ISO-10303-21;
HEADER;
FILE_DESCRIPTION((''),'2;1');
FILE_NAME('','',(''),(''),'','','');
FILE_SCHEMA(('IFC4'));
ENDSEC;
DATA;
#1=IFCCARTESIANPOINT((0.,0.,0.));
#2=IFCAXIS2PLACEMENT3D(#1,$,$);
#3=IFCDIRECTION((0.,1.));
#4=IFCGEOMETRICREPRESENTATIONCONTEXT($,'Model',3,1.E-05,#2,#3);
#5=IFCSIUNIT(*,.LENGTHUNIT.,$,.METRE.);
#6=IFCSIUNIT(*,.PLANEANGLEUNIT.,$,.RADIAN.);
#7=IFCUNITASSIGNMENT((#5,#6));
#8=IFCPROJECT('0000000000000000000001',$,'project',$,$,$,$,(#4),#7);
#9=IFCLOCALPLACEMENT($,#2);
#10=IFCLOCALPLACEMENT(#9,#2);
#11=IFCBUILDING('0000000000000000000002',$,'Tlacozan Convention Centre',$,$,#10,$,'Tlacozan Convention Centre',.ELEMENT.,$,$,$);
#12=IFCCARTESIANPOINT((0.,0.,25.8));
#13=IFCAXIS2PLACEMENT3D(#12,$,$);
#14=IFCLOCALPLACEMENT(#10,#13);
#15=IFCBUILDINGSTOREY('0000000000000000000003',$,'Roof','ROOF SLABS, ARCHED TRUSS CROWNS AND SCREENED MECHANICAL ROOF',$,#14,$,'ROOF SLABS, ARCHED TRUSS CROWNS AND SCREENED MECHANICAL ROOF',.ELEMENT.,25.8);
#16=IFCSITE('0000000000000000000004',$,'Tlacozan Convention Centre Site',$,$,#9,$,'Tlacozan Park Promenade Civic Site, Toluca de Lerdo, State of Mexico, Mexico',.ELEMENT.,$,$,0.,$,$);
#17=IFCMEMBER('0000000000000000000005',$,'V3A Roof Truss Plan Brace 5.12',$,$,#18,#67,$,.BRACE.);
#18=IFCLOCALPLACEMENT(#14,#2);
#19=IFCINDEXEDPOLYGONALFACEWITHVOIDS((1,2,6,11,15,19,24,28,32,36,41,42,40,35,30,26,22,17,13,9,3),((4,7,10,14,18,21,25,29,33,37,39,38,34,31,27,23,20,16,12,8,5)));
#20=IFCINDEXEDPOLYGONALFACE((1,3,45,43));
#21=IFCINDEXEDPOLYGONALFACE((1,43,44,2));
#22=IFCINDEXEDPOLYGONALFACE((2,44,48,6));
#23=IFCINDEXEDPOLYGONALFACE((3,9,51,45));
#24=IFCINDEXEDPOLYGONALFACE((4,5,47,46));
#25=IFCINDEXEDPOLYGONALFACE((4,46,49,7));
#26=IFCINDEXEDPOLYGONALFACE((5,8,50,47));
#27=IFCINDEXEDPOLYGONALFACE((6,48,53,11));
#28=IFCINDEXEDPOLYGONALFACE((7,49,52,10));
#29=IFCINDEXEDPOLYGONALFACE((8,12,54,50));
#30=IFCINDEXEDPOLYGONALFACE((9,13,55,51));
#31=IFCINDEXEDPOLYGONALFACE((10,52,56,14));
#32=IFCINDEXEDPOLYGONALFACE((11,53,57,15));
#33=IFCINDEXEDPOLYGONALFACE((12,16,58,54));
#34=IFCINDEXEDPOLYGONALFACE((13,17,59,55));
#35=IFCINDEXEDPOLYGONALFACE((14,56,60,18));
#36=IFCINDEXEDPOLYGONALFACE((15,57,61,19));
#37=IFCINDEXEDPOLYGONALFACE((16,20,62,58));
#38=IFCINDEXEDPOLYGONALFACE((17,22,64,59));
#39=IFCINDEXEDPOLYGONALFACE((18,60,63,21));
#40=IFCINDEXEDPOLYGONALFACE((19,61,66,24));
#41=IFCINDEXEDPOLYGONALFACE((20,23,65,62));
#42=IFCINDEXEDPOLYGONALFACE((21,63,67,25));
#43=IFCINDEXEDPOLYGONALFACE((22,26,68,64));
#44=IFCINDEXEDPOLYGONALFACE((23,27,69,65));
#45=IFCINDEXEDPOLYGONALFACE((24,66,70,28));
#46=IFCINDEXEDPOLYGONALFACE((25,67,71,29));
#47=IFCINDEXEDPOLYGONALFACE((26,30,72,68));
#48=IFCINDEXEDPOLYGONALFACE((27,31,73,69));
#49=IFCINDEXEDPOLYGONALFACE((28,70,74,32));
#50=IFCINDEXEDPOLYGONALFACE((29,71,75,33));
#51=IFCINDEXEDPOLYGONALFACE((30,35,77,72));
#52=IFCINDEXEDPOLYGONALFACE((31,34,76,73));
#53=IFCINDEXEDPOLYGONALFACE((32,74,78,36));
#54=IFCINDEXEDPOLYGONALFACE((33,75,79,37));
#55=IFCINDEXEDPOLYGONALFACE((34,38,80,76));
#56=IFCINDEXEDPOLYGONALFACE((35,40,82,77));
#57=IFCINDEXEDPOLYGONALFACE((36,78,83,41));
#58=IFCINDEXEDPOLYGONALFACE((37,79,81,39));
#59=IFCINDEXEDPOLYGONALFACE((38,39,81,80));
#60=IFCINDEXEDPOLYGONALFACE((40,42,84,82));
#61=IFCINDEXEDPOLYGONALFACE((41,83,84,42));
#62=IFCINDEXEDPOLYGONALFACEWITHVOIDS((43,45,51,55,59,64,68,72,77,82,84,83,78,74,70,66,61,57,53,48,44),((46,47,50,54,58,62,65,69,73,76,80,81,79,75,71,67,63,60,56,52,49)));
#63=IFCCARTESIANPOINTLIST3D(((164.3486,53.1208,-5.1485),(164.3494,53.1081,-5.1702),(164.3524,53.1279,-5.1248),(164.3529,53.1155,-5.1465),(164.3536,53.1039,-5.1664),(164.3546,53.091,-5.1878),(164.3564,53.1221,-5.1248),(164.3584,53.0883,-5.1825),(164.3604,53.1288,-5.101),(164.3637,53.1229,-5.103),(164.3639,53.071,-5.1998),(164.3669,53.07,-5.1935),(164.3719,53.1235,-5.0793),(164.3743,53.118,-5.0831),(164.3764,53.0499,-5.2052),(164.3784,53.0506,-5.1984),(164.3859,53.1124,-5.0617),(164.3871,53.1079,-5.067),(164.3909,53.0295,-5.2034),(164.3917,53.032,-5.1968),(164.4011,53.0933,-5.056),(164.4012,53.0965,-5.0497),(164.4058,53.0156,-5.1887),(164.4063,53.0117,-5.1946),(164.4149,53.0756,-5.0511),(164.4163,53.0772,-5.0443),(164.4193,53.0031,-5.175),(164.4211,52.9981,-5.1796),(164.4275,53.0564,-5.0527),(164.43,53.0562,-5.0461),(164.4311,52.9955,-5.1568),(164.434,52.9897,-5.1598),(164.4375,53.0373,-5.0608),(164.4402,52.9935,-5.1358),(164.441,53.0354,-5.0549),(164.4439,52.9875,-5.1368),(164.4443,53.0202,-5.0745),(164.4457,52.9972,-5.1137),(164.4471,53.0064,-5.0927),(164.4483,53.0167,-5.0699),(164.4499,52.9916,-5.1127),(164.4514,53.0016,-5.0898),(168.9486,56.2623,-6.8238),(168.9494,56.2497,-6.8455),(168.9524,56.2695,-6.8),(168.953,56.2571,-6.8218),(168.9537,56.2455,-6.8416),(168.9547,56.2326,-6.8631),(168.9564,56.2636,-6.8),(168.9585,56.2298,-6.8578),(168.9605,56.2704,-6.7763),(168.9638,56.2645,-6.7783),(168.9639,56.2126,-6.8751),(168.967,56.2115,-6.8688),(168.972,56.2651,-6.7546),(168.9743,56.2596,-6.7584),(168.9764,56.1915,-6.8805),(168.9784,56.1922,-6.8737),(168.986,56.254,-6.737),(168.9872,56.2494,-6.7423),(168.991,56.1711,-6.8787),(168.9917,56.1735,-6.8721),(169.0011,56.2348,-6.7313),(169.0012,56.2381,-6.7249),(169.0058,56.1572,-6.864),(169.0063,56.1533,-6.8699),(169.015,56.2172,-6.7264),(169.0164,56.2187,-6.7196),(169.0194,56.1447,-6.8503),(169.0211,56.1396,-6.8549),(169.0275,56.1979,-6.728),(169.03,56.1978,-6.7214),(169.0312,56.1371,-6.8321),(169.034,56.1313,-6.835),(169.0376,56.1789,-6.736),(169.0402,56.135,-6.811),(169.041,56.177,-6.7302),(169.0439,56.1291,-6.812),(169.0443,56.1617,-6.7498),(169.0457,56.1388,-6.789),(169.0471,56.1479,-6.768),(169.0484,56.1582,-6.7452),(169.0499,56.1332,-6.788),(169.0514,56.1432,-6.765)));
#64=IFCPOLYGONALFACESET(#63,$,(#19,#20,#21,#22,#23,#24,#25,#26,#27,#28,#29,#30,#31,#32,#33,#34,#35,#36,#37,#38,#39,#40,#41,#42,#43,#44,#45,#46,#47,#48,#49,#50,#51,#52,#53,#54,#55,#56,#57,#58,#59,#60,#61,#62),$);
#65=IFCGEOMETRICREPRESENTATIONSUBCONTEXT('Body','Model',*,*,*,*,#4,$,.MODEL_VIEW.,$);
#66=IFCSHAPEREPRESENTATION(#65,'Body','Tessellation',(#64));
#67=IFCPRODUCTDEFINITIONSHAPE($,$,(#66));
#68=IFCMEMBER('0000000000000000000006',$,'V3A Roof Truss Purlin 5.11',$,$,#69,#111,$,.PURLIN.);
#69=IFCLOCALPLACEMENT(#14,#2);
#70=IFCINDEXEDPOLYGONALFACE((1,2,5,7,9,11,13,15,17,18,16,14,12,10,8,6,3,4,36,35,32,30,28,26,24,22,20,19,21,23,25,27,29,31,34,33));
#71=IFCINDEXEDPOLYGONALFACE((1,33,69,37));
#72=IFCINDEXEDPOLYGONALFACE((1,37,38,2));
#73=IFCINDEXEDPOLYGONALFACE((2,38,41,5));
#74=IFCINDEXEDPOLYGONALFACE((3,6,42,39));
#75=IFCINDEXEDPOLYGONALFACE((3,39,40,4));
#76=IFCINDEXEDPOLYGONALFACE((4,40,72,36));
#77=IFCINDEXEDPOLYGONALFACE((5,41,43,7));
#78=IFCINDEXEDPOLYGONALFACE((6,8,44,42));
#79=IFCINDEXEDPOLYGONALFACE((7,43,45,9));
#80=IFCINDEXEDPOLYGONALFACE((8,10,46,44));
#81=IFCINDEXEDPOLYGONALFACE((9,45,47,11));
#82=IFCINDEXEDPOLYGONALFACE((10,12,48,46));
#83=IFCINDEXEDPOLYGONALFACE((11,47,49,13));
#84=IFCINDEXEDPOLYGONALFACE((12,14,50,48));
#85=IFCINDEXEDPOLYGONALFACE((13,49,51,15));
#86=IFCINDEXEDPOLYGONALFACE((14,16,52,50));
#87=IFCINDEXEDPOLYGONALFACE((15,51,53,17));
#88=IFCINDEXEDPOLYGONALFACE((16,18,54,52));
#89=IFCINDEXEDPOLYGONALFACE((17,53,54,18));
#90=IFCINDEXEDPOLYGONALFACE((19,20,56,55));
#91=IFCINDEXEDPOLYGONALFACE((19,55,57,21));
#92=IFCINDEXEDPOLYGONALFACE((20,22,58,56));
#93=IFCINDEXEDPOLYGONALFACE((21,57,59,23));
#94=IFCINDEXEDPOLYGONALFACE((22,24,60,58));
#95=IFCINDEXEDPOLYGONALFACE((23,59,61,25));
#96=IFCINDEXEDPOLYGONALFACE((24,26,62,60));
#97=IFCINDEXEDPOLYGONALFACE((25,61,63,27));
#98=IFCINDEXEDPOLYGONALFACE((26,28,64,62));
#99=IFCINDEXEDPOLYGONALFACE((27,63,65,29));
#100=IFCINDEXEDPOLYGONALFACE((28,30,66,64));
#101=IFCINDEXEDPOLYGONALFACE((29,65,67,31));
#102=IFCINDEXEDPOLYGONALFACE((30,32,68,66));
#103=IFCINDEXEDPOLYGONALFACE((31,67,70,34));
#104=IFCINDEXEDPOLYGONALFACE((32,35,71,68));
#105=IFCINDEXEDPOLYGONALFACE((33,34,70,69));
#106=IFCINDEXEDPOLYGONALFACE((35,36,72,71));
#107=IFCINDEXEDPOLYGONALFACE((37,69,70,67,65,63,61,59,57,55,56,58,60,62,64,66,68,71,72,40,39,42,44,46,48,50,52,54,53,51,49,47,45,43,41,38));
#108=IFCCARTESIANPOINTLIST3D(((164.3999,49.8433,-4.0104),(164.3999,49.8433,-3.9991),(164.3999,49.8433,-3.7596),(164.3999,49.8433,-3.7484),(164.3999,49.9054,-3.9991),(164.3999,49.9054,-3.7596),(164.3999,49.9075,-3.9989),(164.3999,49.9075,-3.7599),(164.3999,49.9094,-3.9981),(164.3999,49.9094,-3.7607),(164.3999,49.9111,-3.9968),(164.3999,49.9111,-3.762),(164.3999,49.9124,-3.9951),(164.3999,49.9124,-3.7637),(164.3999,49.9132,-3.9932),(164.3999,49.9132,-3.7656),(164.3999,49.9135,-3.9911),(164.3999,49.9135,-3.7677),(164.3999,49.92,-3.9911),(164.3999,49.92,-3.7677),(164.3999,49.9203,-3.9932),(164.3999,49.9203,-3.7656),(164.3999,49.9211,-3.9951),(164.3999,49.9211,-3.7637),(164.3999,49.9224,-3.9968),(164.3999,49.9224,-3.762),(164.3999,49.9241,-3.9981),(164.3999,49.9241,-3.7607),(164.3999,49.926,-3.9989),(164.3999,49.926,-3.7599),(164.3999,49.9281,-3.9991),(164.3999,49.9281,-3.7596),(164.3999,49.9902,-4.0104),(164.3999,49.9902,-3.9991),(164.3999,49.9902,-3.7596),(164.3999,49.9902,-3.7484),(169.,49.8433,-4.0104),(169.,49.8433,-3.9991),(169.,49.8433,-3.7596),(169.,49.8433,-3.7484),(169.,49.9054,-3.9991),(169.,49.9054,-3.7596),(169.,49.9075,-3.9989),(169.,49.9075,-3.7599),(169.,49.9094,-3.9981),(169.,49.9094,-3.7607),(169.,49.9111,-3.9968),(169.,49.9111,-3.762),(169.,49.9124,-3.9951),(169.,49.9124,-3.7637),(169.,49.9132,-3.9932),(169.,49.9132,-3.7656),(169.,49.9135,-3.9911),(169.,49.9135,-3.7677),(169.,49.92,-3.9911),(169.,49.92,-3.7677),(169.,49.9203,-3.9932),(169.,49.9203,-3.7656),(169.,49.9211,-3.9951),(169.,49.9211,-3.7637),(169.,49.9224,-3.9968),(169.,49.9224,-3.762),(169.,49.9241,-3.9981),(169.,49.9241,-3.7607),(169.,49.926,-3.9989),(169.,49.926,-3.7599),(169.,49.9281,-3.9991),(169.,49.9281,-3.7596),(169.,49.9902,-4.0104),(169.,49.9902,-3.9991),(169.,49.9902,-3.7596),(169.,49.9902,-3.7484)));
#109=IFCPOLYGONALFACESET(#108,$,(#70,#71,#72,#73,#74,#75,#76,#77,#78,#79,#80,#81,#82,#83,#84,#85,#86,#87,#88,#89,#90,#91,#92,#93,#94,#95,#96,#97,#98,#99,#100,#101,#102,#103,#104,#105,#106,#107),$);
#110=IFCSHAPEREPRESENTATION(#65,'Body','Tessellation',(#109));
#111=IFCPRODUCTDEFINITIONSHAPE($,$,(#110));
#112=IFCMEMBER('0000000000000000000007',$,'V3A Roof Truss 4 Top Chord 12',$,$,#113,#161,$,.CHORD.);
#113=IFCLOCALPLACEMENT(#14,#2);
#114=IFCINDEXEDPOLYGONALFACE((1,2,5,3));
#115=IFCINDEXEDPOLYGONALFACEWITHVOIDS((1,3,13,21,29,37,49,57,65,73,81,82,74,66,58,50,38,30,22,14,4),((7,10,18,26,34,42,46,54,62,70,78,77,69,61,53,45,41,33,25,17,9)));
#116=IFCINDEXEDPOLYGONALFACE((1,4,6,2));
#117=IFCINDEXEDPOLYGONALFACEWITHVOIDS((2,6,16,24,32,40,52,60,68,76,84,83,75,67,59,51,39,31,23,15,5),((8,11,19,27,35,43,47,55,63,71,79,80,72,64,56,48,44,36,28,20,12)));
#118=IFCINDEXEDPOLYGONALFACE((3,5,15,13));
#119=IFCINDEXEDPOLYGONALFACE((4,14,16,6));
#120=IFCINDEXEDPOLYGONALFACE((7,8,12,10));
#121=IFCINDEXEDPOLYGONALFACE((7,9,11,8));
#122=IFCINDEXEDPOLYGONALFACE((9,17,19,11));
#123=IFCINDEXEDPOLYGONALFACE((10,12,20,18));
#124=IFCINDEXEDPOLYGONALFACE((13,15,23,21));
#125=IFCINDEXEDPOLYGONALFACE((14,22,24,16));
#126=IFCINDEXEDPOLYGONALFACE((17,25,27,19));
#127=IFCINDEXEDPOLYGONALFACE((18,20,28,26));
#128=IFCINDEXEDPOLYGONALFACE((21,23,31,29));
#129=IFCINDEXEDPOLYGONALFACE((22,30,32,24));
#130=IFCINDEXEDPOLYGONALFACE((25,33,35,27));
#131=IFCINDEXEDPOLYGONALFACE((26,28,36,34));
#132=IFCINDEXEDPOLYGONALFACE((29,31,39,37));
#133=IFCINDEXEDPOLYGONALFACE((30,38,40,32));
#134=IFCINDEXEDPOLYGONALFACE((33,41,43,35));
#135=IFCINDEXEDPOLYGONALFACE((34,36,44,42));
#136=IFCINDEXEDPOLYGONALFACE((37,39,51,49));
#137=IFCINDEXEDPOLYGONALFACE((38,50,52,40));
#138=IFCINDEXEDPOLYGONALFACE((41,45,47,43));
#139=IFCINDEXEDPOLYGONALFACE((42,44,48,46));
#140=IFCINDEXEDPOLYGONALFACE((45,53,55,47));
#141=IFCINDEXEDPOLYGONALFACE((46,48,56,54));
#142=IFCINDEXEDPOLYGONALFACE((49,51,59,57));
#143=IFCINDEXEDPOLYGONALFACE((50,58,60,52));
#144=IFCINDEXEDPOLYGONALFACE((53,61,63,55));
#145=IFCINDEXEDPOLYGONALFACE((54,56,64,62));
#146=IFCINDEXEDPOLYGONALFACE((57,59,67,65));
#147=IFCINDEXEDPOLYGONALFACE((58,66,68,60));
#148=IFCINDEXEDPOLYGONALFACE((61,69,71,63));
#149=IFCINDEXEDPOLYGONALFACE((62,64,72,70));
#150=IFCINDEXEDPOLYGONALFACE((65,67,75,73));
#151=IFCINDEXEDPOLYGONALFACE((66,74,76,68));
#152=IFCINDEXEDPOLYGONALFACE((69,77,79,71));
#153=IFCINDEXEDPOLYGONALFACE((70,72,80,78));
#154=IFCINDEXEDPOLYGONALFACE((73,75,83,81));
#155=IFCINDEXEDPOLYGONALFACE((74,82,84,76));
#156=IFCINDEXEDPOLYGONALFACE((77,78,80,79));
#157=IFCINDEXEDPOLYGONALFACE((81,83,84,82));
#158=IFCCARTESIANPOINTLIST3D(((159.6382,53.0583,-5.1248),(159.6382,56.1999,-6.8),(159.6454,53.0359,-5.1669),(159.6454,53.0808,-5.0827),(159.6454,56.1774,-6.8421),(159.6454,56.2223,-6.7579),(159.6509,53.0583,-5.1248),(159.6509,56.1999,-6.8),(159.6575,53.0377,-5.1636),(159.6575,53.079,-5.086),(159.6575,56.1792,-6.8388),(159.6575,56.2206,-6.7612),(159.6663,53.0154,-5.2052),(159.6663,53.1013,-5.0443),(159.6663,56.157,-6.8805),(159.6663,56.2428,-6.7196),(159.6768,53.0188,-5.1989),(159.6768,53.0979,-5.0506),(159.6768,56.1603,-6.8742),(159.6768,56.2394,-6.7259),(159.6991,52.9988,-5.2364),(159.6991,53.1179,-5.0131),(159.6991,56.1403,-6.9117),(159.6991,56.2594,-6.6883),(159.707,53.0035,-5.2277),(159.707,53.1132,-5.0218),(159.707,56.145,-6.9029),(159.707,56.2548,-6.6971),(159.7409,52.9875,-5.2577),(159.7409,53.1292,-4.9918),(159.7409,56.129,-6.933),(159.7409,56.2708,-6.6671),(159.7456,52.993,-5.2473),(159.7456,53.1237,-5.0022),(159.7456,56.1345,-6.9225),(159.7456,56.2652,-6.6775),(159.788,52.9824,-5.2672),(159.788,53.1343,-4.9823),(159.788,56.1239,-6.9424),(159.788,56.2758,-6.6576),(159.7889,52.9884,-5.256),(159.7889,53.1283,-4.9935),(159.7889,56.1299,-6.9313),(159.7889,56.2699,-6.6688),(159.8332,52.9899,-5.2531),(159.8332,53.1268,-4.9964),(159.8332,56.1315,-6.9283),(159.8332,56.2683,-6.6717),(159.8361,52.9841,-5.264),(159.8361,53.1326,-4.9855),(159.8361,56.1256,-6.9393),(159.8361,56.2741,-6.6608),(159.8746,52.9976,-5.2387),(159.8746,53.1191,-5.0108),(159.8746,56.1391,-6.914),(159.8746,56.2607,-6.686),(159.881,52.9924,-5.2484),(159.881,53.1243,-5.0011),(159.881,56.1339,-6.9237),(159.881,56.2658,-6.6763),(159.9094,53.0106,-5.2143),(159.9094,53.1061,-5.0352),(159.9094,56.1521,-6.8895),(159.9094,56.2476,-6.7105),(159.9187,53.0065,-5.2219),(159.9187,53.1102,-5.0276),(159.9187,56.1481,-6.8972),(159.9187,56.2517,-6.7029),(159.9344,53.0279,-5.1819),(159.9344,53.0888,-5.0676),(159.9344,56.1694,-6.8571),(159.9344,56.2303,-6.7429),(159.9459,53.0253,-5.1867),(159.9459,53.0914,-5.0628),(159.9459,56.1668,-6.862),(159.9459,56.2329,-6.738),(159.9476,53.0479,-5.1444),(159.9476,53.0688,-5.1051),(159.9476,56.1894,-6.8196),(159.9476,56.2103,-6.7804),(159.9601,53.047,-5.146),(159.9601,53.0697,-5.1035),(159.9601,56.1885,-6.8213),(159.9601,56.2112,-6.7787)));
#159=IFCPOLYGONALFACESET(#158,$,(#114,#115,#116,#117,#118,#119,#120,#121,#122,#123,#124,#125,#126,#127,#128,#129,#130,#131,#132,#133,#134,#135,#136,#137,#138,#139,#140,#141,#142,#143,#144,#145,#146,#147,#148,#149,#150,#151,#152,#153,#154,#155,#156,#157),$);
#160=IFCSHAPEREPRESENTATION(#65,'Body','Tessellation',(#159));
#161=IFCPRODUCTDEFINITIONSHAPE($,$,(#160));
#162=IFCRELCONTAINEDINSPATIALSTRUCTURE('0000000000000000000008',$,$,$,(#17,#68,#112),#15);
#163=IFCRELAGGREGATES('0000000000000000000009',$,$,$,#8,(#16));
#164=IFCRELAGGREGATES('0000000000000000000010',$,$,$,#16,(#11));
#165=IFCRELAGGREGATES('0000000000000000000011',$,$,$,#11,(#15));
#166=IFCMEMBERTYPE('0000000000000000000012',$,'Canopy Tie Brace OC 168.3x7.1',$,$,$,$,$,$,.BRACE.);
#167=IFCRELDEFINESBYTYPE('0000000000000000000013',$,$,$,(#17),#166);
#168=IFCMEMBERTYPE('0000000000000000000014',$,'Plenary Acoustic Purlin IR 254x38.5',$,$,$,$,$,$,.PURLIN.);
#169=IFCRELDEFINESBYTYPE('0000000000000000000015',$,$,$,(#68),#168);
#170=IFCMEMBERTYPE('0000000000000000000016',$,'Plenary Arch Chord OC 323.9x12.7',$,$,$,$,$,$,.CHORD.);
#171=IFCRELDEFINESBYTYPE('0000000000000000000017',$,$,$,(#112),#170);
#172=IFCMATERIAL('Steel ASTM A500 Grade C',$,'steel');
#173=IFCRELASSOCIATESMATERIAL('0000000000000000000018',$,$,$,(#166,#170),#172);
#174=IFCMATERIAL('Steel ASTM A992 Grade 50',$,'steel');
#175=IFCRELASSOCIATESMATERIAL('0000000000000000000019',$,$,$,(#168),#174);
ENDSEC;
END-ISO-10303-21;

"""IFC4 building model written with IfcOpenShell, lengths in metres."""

from ifc_helpers import new_model, si_unit, direction, frame, origin, origin_2d, place, context, subcontext, project, spatial, hollow_circle, i_section, extrude, material, material_profile, profile_set, type_object, element, save


model = new_model("IFC4")

# Units and contexts
model_context = context("Model", 3, precision=1e-05, world=origin(), true_north=direction((0.0, 1.0)))
body_context = subcontext(model_context, "Body", "Model", "MODEL_VIEW")
ifc_project = project(units=[si_unit("LENGTHUNIT", "METRE"), si_unit("PLANEANGLEUNIT", "RADIAN")], contexts=[model_context])

# Site, building, storey
site_placement = place(None, origin())
site = spatial("IfcSite", under=ifc_project, at=site_placement, Name="Tlacozan Convention Centre Site", LongName="Tlacozan Park Promenade Civic Site, Toluca de Lerdo, State of Mexico, Mexico", CompositionType="ELEMENT", RefElevation=0.0)
building_placement = place(site_placement, origin())
building = spatial("IfcBuilding", under=site, at=building_placement, Name="Tlacozan Convention Centre", LongName="Tlacozan Convention Centre", CompositionType="ELEMENT")
storey_placement = place(building_placement, frame((0.0, 0.0, 25.8)))
storey = spatial("IfcBuildingStorey", under=building, at=storey_placement, Name="Roof", Description="ROOF SLABS, ARCHED TRUSS CROWNS AND SCREENED MECHANICAL ROOF", LongName="ROOF SLABS, ARCHED TRUSS CROWNS AND SCREENED MECHANICAL ROOF", CompositionType="ELEMENT", Elevation=25.8)

# Members
ifc_material_1 = material(Name="Steel ASTM A500 Grade C", Category="steel")
ifc_material_profile_1 = material_profile(ifc_material_1, hollow_circle(Radius=0.0842, WallThickness=0.0071, at=origin_2d()), Name="OC 168.3x7.1")
ifc_profile_set_1 = profile_set([ifc_material_profile_1], Name="Steel ASTM A500 Grade C")
member_type_1 = type_object("IfcMemberType", Name="Canopy Tie Brace OC 168.3x7.1", PredefinedType="BRACE", material=ifc_profile_set_1)
member_1_placement = place(storey_placement, frame((164.3999, 53.0583, -5.1248), z_axis=(0.790806, 0.540075, -0.288001), x_axis=(-0.56397, 0.825795, 0.0)))
element("IfcMember", 1, at=member_1_placement, inside=storey, type_object=member_type_1, Name="V3A Roof Truss Plan Brace 5.12", PredefinedType="BRACE", context=body_context, shape_type="SweptSolid", body=[
    extrude(hollow_circle(Radius=0.0842, WallThickness=0.0071, at=origin_2d()), origin(), (0.0, 0.0, 1.0), 5.8169),
])
ifc_material_2 = material(Name="Steel ASTM A992 Grade 50", Category="steel")
ifc_material_profile_2 = material_profile(ifc_material_2, i_section(OverallWidth=0.147, OverallDepth=0.262, WebThickness=0.0066, FlangeThickness=0.0112, FilletRadius=0.0081, at=origin_2d()), Name="IR 254x38.5")
ifc_profile_set_2 = profile_set([ifc_material_profile_2], Name="Steel ASTM A992 Grade 50")
member_type_2 = type_object("IfcMemberType", Name="Plenary Acoustic Purlin IR 254x38.5", PredefinedType="PURLIN", material=ifc_profile_set_2)
member_2_placement = place(storey_placement, frame((164.3999, 49.9167, -3.8794), z_axis=(1.0, 0.0, 0.0), x_axis=(0.0, 1.0, 0.0)))
element("IfcMember", 2, at=member_2_placement, inside=storey, type_object=member_type_2, Name="V3A Roof Truss Purlin 5.11", PredefinedType="PURLIN", context=body_context, shape_type="SweptSolid", body=[
    extrude(i_section(OverallWidth=0.147, OverallDepth=0.262, WebThickness=0.0066, FlangeThickness=0.0112, FilletRadius=0.0081, at=origin_2d()), origin(), (0.0, 0.0, 1.0), 4.6001),
])
ifc_material_profile_3 = material_profile(ifc_material_1, hollow_circle(Radius=0.1619, WallThickness=0.0127, at=origin_2d()), Name="OC 323.9x12.7")
ifc_profile_set_3 = profile_set([ifc_material_profile_3], Name="Steel ASTM A500 Grade C")
member_type_3 = type_object("IfcMemberType", Name="Plenary Arch Chord OC 323.9x12.7", PredefinedType="CHORD", material=ifc_profile_set_3)
for number, where, z_axis, x_axis, name in (
    (3, (159.8, 53.0583, -5.1248), (0.0, 0.88238, -0.470538), (-1.0, 0.0, 0.0), "V3A Roof Truss 4 Top Chord 12"),
):
    element("IfcMember", number, at=place(storey_placement, frame(where, z_axis=z_axis, x_axis=x_axis)), inside=storey, type_object=member_type_3, Name=name, PredefinedType="CHORD", context=body_context, shape_type="SweptSolid", body=[
        extrude(hollow_circle(Radius=0.1619, WallThickness=0.0127, at=origin_2d()), origin(), (0.0, 0.0, 1.0), 3.5603),
    ])

save(model, "model.ifc")
